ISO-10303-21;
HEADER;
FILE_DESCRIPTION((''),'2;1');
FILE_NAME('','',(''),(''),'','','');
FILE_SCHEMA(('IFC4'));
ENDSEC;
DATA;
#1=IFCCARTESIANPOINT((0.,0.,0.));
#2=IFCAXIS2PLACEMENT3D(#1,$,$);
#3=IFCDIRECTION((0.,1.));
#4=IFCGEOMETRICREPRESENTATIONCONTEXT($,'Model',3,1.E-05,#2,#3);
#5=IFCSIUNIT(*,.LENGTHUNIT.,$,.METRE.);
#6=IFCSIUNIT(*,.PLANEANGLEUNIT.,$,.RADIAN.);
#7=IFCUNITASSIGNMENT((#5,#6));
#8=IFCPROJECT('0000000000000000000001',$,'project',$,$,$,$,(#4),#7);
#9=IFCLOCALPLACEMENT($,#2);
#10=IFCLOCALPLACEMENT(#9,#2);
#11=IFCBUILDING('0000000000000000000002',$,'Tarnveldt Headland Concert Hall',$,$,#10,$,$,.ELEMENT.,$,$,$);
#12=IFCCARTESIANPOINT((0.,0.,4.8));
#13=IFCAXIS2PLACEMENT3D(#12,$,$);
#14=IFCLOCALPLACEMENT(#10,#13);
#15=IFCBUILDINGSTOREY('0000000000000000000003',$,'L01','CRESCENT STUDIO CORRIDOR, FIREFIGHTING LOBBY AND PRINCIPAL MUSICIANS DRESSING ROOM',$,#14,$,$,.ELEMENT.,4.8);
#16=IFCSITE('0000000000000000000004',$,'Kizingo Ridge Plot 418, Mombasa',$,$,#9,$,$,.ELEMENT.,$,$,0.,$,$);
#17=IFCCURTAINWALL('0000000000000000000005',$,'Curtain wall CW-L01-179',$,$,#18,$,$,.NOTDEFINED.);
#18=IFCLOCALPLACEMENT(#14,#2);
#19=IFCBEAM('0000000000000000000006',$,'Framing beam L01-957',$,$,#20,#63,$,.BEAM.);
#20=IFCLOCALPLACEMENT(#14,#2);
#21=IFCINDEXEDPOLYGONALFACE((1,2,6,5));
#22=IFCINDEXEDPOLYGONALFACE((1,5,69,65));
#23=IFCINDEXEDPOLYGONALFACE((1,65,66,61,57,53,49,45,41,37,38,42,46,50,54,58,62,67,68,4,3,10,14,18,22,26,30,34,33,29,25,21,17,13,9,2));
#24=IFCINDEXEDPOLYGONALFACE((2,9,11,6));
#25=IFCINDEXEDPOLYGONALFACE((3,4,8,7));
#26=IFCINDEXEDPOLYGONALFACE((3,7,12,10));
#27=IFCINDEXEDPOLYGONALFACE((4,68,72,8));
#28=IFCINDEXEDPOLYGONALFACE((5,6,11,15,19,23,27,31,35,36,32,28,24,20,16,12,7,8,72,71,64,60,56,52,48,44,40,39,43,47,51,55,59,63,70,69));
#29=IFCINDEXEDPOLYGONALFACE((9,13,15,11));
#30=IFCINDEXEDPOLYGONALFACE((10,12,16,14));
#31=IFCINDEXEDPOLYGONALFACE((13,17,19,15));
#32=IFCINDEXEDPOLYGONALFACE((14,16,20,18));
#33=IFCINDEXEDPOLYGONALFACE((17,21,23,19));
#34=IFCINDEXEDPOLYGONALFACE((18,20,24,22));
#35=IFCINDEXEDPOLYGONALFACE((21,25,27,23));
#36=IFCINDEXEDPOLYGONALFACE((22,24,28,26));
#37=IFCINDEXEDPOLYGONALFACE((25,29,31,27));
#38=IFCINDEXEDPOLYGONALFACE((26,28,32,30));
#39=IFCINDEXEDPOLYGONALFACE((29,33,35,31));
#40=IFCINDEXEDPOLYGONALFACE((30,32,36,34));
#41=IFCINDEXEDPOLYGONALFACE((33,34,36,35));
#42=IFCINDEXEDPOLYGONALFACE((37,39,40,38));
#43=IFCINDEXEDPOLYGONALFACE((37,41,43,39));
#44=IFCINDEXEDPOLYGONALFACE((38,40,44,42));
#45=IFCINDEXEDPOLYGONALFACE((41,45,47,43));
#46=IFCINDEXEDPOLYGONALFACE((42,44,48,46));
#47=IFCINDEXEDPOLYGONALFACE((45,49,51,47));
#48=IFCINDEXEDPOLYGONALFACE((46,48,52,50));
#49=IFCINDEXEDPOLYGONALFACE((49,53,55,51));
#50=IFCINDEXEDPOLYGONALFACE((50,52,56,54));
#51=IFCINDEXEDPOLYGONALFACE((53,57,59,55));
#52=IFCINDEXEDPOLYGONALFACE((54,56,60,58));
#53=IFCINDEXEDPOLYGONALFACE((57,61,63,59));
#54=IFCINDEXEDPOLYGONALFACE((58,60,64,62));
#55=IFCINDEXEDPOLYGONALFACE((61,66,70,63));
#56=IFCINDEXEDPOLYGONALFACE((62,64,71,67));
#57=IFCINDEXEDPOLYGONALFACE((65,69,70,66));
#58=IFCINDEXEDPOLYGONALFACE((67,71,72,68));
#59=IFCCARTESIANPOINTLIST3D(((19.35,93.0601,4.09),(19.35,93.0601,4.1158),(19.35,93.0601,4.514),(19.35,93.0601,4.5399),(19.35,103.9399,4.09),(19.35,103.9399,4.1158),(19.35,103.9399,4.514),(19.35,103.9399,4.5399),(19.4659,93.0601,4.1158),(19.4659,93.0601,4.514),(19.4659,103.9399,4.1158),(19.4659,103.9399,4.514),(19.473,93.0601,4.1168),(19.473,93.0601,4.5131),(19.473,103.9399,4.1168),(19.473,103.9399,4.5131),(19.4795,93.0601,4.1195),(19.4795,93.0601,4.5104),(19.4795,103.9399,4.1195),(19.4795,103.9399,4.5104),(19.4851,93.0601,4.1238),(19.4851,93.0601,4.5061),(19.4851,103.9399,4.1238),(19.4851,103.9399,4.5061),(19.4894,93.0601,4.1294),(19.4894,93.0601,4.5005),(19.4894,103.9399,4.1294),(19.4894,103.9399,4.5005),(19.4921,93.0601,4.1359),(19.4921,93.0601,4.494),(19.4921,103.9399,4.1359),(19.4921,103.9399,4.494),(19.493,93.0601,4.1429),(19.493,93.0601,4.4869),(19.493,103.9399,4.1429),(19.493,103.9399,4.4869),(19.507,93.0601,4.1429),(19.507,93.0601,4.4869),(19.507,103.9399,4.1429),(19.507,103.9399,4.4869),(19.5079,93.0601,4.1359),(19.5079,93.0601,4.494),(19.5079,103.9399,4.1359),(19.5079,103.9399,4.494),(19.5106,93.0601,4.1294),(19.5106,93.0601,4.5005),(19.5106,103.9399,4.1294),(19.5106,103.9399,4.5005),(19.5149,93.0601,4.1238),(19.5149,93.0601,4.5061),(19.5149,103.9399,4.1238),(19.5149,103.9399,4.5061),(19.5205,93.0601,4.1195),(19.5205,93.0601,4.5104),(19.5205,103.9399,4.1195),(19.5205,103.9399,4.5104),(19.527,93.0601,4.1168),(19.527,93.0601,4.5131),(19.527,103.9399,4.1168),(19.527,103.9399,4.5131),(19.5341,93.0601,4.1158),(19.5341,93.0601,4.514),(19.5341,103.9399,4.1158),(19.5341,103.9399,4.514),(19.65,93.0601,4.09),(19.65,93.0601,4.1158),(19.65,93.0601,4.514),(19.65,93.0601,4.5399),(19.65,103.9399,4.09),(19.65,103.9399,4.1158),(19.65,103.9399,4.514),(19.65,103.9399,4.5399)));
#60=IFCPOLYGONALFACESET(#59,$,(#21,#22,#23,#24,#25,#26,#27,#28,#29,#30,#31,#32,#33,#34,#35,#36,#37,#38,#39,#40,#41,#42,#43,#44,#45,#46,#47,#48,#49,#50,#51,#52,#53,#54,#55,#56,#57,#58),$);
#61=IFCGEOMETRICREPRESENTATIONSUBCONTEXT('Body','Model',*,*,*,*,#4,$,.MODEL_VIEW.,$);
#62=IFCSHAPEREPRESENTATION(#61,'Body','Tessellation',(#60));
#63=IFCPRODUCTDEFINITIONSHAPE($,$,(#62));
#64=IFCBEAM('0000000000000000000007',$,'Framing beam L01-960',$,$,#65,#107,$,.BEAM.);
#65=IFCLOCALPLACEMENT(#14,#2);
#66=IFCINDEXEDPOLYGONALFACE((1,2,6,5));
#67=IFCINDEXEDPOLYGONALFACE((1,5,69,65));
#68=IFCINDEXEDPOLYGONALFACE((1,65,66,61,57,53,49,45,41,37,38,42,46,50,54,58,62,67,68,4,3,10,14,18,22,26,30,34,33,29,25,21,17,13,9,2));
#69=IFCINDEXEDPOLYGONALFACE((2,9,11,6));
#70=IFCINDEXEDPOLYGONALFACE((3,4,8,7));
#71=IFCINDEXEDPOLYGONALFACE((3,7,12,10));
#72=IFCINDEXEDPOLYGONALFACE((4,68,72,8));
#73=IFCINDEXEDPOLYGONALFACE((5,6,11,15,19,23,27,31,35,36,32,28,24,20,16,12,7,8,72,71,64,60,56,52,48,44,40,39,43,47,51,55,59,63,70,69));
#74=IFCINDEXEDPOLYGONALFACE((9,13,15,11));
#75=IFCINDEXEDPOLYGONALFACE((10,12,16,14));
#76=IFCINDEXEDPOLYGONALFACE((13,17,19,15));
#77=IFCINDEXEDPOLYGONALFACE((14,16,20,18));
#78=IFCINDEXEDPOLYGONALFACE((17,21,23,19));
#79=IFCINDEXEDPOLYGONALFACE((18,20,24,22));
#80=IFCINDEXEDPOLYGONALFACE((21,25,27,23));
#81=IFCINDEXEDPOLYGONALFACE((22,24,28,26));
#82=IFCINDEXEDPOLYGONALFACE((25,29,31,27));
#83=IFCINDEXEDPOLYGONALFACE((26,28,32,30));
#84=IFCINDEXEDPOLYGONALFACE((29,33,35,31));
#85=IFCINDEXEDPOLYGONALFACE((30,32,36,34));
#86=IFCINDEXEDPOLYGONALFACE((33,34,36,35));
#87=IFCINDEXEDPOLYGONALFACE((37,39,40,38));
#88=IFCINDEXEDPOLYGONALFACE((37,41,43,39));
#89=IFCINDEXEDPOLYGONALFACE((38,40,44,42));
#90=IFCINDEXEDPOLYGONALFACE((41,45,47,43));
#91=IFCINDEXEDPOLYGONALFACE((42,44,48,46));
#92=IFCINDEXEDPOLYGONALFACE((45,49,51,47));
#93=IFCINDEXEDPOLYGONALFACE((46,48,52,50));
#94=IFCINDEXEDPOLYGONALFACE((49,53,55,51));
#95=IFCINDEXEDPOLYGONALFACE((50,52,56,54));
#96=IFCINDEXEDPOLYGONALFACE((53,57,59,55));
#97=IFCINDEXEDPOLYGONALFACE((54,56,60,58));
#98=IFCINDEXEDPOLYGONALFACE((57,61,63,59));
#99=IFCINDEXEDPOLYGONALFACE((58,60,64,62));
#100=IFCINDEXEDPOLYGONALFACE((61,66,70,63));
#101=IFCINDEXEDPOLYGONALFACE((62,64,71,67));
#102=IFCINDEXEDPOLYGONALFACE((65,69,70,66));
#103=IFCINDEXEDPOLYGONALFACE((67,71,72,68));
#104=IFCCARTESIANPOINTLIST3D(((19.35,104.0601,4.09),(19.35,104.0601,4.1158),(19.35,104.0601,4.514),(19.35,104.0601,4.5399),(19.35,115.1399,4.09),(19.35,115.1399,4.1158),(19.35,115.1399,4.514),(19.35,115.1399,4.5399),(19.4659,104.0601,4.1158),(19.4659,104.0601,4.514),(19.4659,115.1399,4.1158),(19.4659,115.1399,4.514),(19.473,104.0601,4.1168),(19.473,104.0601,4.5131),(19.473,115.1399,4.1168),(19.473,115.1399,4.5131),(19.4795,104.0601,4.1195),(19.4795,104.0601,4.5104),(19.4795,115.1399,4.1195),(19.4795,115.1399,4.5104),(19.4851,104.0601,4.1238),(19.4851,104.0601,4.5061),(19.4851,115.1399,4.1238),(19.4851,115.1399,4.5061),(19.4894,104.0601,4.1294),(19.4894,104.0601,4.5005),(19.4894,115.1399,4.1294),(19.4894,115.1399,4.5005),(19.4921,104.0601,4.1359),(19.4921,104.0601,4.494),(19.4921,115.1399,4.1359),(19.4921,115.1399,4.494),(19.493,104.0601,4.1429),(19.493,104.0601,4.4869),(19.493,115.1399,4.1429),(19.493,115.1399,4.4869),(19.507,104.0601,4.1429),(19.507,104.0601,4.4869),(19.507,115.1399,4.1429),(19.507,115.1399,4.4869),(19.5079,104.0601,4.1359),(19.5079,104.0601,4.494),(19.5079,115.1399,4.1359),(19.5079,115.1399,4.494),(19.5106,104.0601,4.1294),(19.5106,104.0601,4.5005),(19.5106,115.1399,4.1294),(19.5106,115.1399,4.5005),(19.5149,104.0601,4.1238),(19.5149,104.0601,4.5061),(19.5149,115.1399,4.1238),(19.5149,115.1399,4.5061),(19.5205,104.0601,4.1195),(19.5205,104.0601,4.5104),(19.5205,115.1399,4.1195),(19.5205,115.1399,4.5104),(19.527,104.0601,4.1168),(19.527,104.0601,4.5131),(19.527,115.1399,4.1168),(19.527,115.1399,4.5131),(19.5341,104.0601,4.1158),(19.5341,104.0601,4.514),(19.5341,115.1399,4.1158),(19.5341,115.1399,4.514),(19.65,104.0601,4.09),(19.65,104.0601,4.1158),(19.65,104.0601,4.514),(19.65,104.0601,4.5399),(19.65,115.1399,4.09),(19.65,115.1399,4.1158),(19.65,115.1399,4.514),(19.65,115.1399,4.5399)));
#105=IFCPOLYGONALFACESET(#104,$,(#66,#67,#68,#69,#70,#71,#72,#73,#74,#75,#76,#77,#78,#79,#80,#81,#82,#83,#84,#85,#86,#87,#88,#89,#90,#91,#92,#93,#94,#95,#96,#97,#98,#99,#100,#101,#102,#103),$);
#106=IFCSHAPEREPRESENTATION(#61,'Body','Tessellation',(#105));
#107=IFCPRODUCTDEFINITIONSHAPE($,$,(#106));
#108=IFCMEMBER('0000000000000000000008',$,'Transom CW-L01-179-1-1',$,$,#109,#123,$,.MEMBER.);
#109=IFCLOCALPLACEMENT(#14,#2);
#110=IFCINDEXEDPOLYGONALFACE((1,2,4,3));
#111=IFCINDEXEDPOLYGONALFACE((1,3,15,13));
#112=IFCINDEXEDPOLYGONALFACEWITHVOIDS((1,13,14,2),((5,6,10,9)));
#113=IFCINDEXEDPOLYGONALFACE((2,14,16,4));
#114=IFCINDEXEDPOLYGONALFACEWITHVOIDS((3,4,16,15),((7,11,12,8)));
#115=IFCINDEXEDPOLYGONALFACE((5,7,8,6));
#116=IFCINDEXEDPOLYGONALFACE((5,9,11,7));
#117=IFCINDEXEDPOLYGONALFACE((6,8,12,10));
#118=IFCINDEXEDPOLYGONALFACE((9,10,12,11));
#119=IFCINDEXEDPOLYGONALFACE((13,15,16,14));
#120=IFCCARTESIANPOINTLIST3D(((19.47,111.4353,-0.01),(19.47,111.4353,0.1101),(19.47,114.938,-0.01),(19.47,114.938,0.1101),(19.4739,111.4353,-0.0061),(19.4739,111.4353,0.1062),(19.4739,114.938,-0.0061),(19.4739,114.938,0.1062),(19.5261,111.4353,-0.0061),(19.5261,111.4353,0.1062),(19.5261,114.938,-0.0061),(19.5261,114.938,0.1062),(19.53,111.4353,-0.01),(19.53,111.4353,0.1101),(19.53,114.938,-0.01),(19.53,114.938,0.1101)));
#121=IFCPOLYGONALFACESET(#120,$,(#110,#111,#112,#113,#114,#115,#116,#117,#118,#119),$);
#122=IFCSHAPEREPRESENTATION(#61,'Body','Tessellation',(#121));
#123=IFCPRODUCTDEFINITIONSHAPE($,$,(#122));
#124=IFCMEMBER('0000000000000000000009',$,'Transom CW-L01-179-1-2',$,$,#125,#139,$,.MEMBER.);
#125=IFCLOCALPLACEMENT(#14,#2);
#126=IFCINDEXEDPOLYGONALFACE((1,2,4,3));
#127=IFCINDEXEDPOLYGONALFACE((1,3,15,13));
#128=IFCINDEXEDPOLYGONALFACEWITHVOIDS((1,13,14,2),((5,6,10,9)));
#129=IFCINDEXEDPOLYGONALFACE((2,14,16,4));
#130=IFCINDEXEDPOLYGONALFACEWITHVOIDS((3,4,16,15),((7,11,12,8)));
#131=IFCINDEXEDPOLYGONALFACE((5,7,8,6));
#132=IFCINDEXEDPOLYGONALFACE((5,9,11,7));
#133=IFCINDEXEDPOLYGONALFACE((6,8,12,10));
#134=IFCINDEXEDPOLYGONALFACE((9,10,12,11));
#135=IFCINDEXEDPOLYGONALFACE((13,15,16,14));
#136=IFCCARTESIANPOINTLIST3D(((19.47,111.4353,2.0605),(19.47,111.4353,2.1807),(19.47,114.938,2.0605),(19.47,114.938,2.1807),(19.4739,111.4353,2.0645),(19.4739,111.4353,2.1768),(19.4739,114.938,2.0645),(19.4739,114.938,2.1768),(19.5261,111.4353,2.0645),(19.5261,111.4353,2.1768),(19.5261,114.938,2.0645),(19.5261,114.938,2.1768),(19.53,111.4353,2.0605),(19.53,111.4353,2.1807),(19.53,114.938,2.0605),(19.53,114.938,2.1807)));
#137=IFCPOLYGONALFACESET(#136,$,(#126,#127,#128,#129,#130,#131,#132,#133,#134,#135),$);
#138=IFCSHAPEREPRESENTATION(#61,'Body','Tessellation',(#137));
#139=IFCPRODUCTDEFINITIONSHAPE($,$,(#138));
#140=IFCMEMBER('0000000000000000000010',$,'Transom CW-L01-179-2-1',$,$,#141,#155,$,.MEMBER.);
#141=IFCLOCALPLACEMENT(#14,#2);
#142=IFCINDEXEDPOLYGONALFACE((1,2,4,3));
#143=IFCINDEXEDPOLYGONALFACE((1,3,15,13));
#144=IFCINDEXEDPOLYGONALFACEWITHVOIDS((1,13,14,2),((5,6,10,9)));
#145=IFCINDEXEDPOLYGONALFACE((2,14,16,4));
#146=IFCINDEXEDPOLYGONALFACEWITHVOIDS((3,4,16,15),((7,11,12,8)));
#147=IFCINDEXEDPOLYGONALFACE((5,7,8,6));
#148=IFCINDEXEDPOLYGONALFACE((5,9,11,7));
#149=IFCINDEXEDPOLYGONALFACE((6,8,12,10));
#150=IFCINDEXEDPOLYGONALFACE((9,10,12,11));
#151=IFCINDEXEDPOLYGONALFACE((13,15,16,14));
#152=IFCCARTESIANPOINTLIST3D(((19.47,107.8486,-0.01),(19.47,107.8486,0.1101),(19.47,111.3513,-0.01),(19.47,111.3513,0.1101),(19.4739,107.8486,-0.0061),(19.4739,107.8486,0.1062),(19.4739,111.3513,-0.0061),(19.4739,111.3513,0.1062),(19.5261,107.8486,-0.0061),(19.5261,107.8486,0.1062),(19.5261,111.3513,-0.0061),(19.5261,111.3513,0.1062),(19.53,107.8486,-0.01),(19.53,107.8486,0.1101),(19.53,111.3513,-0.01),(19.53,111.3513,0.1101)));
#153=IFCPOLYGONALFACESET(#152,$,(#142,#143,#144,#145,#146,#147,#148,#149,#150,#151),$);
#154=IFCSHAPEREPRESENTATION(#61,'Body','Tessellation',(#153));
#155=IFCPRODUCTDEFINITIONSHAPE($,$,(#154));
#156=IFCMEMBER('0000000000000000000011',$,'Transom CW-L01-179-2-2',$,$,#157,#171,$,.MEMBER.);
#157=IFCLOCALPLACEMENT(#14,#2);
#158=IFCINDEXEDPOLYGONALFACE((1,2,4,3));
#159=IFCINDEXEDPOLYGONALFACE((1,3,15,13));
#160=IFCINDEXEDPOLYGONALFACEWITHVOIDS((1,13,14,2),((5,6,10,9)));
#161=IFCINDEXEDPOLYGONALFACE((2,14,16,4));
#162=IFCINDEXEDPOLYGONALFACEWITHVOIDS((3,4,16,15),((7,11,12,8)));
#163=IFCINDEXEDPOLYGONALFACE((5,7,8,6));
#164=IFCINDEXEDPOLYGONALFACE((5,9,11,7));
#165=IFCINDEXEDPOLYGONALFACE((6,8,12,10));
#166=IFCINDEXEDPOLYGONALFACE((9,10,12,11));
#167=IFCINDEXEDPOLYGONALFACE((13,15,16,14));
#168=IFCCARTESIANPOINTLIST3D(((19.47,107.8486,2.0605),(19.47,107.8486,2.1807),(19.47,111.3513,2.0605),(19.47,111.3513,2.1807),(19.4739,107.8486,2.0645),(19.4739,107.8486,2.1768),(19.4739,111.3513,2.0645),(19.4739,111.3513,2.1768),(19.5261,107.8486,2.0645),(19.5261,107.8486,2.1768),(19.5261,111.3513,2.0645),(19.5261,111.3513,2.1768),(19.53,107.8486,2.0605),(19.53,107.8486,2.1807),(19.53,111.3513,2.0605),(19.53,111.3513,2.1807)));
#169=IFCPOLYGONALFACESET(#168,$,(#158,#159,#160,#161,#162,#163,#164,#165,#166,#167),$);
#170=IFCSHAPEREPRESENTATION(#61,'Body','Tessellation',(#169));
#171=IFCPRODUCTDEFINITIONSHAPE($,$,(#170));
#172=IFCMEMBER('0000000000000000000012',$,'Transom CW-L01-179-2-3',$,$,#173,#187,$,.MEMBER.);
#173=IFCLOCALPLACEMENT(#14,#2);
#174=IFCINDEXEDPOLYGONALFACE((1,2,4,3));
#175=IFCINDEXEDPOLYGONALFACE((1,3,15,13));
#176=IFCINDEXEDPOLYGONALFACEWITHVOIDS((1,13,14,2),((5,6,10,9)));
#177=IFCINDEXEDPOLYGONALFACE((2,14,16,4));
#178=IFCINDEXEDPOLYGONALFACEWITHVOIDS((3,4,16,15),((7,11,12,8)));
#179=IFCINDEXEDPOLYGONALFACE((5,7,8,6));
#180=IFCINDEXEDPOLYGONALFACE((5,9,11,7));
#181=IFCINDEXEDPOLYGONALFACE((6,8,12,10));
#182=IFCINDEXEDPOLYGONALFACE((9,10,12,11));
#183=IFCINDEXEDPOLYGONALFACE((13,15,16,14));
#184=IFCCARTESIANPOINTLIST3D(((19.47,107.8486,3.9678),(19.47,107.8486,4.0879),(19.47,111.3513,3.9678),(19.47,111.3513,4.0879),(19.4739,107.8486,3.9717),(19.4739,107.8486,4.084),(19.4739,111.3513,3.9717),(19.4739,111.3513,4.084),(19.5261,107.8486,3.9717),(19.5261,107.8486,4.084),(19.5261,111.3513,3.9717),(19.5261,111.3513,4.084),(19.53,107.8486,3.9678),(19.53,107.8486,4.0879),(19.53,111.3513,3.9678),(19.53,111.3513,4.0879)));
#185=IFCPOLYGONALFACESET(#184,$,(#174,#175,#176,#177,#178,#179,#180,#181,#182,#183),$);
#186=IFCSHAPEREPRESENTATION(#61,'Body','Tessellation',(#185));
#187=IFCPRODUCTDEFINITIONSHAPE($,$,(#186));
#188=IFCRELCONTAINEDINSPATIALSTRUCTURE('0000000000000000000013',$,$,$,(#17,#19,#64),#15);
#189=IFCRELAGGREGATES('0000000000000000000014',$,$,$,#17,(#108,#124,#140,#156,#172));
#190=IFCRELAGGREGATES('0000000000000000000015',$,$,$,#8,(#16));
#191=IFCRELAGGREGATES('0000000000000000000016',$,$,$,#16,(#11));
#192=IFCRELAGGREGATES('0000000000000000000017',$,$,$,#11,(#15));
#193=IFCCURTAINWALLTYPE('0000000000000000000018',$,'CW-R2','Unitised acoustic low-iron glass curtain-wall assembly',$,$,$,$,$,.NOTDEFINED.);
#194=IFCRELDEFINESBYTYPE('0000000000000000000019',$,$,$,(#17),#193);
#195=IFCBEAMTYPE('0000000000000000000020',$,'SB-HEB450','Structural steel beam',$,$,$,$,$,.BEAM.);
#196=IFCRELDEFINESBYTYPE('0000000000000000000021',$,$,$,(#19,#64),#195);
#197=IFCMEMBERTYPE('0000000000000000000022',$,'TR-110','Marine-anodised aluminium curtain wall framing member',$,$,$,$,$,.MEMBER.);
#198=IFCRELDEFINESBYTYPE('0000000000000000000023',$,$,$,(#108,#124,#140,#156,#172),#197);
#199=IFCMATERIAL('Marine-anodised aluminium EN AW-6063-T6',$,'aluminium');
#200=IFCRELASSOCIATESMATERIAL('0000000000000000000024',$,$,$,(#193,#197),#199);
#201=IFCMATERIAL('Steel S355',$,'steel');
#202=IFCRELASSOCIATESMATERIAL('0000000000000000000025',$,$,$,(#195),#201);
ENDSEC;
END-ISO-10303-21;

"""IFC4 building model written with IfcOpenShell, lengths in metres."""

from ifc_helpers import new_model, si_unit, direction, frame, origin, origin_2d, place, context, subcontext, project, spatial, hollow_rectangle, i_section, extrude, material, material_profile, profile_set, type_object, element, aggregate, save


model = new_model("IFC4")

# Units and contexts
model_context = context("Model", 3, precision=1e-05, world=origin(), true_north=direction((0.0, 1.0)))
body_context = subcontext(model_context, "Body", "Model", "MODEL_VIEW")
ifc_project = project(units=[si_unit("LENGTHUNIT", "METRE"), si_unit("PLANEANGLEUNIT", "RADIAN")], contexts=[model_context])

# Site, building, storey
site_placement = place(None, origin())
site = spatial("IfcSite", under=ifc_project, at=site_placement, Name="Kizingo Ridge Plot 418, Mombasa", CompositionType="ELEMENT", RefElevation=0.0)
building_placement = place(site_placement, origin())
building = spatial("IfcBuilding", under=site, at=building_placement, Name="Tarnveldt Headland Concert Hall", CompositionType="ELEMENT")
storey_placement = place(building_placement, frame((0.0, 0.0, 4.8)))
storey = spatial("IfcBuildingStorey", under=building, at=storey_placement, Name="L01", Description="CRESCENT STUDIO CORRIDOR, FIREFIGHTING LOBBY AND PRINCIPAL MUSICIANS DRESSING ROOM", CompositionType="ELEMENT", Elevation=4.8)

# Shared definitions
ifc_material_1 = material(Name="Steel S355", Category="steel")

# Curtain wall
ifc_material_2 = material(Name="Marine-anodised aluminium EN AW-6063-T6", Category="aluminium")
curtain_wall_type = type_object("IfcCurtainWallType", Name="CW-R2", Description="Unitised acoustic low-iron glass curtain-wall assembly", PredefinedType="NOTDEFINED", material=ifc_material_2)
curtain_wall_1_placement = place(storey_placement, origin())
curtain_wall_1 = element("IfcCurtainWall", 1, at=curtain_wall_1_placement, inside=storey, type_object=curtain_wall_type, Name="Curtain wall CW-L01-179", PredefinedType="NOTDEFINED")

# Beams
ifc_material_profile_1 = material_profile(ifc_material_1, i_section(OverallWidth=0.3, OverallDepth=0.45, WebThickness=0.0139, FlangeThickness=0.0259, FilletRadius=0.0271, at=origin_2d()), Name="HEB450", Category="steel")
ifc_profile_set_1 = profile_set([ifc_material_profile_1], Name="Steel S355")
beam_type = type_object("IfcBeamType", Name="SB-HEB450", Description="Structural steel beam", PredefinedType="BEAM", material=ifc_profile_set_1)
beam_1_placement = place(storey_placement, frame((19.5, 93.0601, 4.3149), z_axis=(0.0, 1.0, 0.0), x_axis=(-1.0, 0.0, 0.0)))
element("IfcBeam", 2, at=beam_1_placement, inside=storey, type_object=beam_type, Name="Framing beam L01-957", PredefinedType="BEAM", context=body_context, shape_type="SweptSolid", body=[
    extrude(i_section(OverallWidth=0.3, OverallDepth=0.45, WebThickness=0.0139, FlangeThickness=0.0259, FilletRadius=0.0271, at=origin_2d()), origin(), (0.0, 0.0, 1.0), 10.8799),
])
beam_2_placement = place(storey_placement, frame((19.5, 104.0601, 4.3149), z_axis=(0.0, 1.0, 0.0), x_axis=(-1.0, 0.0, 0.0)))
element("IfcBeam", 3, at=beam_2_placement, inside=storey, type_object=beam_type, Name="Framing beam L01-960", PredefinedType="BEAM", context=body_context, shape_type="SweptSolid", body=[
    extrude(i_section(OverallWidth=0.3, OverallDepth=0.45, WebThickness=0.0139, FlangeThickness=0.0259, FilletRadius=0.0271, at=origin_2d()), origin(), (0.0, 0.0, 1.0), 11.0798),
])

# Members
ifc_material_profile_2 = material_profile(ifc_material_2, hollow_rectangle(XDim=0.0601, YDim=0.1201, WallThickness=0.0039, at=origin_2d()), Name="ALU TRANSOM 60x120x4", Category="aluminium")
ifc_profile_set_2 = profile_set([ifc_material_profile_2], Name="Marine-anodised aluminium EN AW-6063-T6")
member_type_1 = type_object("IfcMemberType", Name="TR-110", Description="Marine-anodised aluminium curtain wall framing member", PredefinedType="MEMBER", material=ifc_profile_set_2)
member_1_placement = place(storey_placement, frame((19.5, 114.938, 0.05), z_axis=(0.0, -1.0, 0.0), x_axis=(1.0, 0.0, 0.0)))
member_1 = element("IfcMember", 4, at=member_1_placement, type_object=member_type_1, Name="Transom CW-L01-179-1-1", PredefinedType="MEMBER", context=body_context, shape_type="SweptSolid", body=[
    extrude(hollow_rectangle(XDim=0.0601, YDim=0.1201, WallThickness=0.0039, at=origin_2d()), origin(), (0.0, 0.0, 1.0), 3.5027),
])
member_2_placement = place(storey_placement, frame((19.5, 114.938, 2.1206), z_axis=(0.0, -1.0, 0.0), x_axis=(1.0, 0.0, 0.0)))
member_2 = element("IfcMember", 5, at=member_2_placement, type_object=member_type_1, Name="Transom CW-L01-179-1-2", PredefinedType="MEMBER", context=body_context, shape_type="SweptSolid", body=[
    extrude(hollow_rectangle(XDim=0.0601, YDim=0.1201, WallThickness=0.0039, at=origin_2d()), origin(), (0.0, 0.0, 1.0), 3.5027),
])
member_3_placement = place(storey_placement, frame((19.5, 111.3513, 0.05), z_axis=(0.0, -1.0, 0.0), x_axis=(1.0, 0.0, 0.0)))
member_3 = element("IfcMember", 6, at=member_3_placement, type_object=member_type_1, Name="Transom CW-L01-179-2-1", PredefinedType="MEMBER", context=body_context, shape_type="SweptSolid", body=[
    extrude(hollow_rectangle(XDim=0.0601, YDim=0.1201, WallThickness=0.0039, at=origin_2d()), origin(), (0.0, 0.0, 1.0), 3.5027),
])
member_4_placement = place(storey_placement, frame((19.5, 111.3513, 2.1206), z_axis=(0.0, -1.0, 0.0), x_axis=(1.0, 0.0, 0.0)))
member_4 = element("IfcMember", 7, at=member_4_placement, type_object=member_type_1, Name="Transom CW-L01-179-2-2", PredefinedType="MEMBER", context=body_context, shape_type="SweptSolid", body=[
    extrude(hollow_rectangle(XDim=0.0601, YDim=0.1201, WallThickness=0.0039, at=origin_2d()), origin(), (0.0, 0.0, 1.0), 3.5027),
])
member_5_placement = place(storey_placement, frame((19.5, 111.3513, 4.0278), z_axis=(0.0, -1.0, 0.0), x_axis=(1.0, 0.0, 0.0)))
member_5 = element("IfcMember", 8, at=member_5_placement, type_object=member_type_1, Name="Transom CW-L01-179-2-3", PredefinedType="MEMBER", context=body_context, shape_type="SweptSolid", body=[
    extrude(hollow_rectangle(XDim=0.0601, YDim=0.1201, WallThickness=0.0039, at=origin_2d()), origin(), (0.0, 0.0, 1.0), 3.5027),
])

aggregate(curtain_wall_1, [member_1, member_2, member_3, member_4, member_5])

save(model, "model.ifc")
